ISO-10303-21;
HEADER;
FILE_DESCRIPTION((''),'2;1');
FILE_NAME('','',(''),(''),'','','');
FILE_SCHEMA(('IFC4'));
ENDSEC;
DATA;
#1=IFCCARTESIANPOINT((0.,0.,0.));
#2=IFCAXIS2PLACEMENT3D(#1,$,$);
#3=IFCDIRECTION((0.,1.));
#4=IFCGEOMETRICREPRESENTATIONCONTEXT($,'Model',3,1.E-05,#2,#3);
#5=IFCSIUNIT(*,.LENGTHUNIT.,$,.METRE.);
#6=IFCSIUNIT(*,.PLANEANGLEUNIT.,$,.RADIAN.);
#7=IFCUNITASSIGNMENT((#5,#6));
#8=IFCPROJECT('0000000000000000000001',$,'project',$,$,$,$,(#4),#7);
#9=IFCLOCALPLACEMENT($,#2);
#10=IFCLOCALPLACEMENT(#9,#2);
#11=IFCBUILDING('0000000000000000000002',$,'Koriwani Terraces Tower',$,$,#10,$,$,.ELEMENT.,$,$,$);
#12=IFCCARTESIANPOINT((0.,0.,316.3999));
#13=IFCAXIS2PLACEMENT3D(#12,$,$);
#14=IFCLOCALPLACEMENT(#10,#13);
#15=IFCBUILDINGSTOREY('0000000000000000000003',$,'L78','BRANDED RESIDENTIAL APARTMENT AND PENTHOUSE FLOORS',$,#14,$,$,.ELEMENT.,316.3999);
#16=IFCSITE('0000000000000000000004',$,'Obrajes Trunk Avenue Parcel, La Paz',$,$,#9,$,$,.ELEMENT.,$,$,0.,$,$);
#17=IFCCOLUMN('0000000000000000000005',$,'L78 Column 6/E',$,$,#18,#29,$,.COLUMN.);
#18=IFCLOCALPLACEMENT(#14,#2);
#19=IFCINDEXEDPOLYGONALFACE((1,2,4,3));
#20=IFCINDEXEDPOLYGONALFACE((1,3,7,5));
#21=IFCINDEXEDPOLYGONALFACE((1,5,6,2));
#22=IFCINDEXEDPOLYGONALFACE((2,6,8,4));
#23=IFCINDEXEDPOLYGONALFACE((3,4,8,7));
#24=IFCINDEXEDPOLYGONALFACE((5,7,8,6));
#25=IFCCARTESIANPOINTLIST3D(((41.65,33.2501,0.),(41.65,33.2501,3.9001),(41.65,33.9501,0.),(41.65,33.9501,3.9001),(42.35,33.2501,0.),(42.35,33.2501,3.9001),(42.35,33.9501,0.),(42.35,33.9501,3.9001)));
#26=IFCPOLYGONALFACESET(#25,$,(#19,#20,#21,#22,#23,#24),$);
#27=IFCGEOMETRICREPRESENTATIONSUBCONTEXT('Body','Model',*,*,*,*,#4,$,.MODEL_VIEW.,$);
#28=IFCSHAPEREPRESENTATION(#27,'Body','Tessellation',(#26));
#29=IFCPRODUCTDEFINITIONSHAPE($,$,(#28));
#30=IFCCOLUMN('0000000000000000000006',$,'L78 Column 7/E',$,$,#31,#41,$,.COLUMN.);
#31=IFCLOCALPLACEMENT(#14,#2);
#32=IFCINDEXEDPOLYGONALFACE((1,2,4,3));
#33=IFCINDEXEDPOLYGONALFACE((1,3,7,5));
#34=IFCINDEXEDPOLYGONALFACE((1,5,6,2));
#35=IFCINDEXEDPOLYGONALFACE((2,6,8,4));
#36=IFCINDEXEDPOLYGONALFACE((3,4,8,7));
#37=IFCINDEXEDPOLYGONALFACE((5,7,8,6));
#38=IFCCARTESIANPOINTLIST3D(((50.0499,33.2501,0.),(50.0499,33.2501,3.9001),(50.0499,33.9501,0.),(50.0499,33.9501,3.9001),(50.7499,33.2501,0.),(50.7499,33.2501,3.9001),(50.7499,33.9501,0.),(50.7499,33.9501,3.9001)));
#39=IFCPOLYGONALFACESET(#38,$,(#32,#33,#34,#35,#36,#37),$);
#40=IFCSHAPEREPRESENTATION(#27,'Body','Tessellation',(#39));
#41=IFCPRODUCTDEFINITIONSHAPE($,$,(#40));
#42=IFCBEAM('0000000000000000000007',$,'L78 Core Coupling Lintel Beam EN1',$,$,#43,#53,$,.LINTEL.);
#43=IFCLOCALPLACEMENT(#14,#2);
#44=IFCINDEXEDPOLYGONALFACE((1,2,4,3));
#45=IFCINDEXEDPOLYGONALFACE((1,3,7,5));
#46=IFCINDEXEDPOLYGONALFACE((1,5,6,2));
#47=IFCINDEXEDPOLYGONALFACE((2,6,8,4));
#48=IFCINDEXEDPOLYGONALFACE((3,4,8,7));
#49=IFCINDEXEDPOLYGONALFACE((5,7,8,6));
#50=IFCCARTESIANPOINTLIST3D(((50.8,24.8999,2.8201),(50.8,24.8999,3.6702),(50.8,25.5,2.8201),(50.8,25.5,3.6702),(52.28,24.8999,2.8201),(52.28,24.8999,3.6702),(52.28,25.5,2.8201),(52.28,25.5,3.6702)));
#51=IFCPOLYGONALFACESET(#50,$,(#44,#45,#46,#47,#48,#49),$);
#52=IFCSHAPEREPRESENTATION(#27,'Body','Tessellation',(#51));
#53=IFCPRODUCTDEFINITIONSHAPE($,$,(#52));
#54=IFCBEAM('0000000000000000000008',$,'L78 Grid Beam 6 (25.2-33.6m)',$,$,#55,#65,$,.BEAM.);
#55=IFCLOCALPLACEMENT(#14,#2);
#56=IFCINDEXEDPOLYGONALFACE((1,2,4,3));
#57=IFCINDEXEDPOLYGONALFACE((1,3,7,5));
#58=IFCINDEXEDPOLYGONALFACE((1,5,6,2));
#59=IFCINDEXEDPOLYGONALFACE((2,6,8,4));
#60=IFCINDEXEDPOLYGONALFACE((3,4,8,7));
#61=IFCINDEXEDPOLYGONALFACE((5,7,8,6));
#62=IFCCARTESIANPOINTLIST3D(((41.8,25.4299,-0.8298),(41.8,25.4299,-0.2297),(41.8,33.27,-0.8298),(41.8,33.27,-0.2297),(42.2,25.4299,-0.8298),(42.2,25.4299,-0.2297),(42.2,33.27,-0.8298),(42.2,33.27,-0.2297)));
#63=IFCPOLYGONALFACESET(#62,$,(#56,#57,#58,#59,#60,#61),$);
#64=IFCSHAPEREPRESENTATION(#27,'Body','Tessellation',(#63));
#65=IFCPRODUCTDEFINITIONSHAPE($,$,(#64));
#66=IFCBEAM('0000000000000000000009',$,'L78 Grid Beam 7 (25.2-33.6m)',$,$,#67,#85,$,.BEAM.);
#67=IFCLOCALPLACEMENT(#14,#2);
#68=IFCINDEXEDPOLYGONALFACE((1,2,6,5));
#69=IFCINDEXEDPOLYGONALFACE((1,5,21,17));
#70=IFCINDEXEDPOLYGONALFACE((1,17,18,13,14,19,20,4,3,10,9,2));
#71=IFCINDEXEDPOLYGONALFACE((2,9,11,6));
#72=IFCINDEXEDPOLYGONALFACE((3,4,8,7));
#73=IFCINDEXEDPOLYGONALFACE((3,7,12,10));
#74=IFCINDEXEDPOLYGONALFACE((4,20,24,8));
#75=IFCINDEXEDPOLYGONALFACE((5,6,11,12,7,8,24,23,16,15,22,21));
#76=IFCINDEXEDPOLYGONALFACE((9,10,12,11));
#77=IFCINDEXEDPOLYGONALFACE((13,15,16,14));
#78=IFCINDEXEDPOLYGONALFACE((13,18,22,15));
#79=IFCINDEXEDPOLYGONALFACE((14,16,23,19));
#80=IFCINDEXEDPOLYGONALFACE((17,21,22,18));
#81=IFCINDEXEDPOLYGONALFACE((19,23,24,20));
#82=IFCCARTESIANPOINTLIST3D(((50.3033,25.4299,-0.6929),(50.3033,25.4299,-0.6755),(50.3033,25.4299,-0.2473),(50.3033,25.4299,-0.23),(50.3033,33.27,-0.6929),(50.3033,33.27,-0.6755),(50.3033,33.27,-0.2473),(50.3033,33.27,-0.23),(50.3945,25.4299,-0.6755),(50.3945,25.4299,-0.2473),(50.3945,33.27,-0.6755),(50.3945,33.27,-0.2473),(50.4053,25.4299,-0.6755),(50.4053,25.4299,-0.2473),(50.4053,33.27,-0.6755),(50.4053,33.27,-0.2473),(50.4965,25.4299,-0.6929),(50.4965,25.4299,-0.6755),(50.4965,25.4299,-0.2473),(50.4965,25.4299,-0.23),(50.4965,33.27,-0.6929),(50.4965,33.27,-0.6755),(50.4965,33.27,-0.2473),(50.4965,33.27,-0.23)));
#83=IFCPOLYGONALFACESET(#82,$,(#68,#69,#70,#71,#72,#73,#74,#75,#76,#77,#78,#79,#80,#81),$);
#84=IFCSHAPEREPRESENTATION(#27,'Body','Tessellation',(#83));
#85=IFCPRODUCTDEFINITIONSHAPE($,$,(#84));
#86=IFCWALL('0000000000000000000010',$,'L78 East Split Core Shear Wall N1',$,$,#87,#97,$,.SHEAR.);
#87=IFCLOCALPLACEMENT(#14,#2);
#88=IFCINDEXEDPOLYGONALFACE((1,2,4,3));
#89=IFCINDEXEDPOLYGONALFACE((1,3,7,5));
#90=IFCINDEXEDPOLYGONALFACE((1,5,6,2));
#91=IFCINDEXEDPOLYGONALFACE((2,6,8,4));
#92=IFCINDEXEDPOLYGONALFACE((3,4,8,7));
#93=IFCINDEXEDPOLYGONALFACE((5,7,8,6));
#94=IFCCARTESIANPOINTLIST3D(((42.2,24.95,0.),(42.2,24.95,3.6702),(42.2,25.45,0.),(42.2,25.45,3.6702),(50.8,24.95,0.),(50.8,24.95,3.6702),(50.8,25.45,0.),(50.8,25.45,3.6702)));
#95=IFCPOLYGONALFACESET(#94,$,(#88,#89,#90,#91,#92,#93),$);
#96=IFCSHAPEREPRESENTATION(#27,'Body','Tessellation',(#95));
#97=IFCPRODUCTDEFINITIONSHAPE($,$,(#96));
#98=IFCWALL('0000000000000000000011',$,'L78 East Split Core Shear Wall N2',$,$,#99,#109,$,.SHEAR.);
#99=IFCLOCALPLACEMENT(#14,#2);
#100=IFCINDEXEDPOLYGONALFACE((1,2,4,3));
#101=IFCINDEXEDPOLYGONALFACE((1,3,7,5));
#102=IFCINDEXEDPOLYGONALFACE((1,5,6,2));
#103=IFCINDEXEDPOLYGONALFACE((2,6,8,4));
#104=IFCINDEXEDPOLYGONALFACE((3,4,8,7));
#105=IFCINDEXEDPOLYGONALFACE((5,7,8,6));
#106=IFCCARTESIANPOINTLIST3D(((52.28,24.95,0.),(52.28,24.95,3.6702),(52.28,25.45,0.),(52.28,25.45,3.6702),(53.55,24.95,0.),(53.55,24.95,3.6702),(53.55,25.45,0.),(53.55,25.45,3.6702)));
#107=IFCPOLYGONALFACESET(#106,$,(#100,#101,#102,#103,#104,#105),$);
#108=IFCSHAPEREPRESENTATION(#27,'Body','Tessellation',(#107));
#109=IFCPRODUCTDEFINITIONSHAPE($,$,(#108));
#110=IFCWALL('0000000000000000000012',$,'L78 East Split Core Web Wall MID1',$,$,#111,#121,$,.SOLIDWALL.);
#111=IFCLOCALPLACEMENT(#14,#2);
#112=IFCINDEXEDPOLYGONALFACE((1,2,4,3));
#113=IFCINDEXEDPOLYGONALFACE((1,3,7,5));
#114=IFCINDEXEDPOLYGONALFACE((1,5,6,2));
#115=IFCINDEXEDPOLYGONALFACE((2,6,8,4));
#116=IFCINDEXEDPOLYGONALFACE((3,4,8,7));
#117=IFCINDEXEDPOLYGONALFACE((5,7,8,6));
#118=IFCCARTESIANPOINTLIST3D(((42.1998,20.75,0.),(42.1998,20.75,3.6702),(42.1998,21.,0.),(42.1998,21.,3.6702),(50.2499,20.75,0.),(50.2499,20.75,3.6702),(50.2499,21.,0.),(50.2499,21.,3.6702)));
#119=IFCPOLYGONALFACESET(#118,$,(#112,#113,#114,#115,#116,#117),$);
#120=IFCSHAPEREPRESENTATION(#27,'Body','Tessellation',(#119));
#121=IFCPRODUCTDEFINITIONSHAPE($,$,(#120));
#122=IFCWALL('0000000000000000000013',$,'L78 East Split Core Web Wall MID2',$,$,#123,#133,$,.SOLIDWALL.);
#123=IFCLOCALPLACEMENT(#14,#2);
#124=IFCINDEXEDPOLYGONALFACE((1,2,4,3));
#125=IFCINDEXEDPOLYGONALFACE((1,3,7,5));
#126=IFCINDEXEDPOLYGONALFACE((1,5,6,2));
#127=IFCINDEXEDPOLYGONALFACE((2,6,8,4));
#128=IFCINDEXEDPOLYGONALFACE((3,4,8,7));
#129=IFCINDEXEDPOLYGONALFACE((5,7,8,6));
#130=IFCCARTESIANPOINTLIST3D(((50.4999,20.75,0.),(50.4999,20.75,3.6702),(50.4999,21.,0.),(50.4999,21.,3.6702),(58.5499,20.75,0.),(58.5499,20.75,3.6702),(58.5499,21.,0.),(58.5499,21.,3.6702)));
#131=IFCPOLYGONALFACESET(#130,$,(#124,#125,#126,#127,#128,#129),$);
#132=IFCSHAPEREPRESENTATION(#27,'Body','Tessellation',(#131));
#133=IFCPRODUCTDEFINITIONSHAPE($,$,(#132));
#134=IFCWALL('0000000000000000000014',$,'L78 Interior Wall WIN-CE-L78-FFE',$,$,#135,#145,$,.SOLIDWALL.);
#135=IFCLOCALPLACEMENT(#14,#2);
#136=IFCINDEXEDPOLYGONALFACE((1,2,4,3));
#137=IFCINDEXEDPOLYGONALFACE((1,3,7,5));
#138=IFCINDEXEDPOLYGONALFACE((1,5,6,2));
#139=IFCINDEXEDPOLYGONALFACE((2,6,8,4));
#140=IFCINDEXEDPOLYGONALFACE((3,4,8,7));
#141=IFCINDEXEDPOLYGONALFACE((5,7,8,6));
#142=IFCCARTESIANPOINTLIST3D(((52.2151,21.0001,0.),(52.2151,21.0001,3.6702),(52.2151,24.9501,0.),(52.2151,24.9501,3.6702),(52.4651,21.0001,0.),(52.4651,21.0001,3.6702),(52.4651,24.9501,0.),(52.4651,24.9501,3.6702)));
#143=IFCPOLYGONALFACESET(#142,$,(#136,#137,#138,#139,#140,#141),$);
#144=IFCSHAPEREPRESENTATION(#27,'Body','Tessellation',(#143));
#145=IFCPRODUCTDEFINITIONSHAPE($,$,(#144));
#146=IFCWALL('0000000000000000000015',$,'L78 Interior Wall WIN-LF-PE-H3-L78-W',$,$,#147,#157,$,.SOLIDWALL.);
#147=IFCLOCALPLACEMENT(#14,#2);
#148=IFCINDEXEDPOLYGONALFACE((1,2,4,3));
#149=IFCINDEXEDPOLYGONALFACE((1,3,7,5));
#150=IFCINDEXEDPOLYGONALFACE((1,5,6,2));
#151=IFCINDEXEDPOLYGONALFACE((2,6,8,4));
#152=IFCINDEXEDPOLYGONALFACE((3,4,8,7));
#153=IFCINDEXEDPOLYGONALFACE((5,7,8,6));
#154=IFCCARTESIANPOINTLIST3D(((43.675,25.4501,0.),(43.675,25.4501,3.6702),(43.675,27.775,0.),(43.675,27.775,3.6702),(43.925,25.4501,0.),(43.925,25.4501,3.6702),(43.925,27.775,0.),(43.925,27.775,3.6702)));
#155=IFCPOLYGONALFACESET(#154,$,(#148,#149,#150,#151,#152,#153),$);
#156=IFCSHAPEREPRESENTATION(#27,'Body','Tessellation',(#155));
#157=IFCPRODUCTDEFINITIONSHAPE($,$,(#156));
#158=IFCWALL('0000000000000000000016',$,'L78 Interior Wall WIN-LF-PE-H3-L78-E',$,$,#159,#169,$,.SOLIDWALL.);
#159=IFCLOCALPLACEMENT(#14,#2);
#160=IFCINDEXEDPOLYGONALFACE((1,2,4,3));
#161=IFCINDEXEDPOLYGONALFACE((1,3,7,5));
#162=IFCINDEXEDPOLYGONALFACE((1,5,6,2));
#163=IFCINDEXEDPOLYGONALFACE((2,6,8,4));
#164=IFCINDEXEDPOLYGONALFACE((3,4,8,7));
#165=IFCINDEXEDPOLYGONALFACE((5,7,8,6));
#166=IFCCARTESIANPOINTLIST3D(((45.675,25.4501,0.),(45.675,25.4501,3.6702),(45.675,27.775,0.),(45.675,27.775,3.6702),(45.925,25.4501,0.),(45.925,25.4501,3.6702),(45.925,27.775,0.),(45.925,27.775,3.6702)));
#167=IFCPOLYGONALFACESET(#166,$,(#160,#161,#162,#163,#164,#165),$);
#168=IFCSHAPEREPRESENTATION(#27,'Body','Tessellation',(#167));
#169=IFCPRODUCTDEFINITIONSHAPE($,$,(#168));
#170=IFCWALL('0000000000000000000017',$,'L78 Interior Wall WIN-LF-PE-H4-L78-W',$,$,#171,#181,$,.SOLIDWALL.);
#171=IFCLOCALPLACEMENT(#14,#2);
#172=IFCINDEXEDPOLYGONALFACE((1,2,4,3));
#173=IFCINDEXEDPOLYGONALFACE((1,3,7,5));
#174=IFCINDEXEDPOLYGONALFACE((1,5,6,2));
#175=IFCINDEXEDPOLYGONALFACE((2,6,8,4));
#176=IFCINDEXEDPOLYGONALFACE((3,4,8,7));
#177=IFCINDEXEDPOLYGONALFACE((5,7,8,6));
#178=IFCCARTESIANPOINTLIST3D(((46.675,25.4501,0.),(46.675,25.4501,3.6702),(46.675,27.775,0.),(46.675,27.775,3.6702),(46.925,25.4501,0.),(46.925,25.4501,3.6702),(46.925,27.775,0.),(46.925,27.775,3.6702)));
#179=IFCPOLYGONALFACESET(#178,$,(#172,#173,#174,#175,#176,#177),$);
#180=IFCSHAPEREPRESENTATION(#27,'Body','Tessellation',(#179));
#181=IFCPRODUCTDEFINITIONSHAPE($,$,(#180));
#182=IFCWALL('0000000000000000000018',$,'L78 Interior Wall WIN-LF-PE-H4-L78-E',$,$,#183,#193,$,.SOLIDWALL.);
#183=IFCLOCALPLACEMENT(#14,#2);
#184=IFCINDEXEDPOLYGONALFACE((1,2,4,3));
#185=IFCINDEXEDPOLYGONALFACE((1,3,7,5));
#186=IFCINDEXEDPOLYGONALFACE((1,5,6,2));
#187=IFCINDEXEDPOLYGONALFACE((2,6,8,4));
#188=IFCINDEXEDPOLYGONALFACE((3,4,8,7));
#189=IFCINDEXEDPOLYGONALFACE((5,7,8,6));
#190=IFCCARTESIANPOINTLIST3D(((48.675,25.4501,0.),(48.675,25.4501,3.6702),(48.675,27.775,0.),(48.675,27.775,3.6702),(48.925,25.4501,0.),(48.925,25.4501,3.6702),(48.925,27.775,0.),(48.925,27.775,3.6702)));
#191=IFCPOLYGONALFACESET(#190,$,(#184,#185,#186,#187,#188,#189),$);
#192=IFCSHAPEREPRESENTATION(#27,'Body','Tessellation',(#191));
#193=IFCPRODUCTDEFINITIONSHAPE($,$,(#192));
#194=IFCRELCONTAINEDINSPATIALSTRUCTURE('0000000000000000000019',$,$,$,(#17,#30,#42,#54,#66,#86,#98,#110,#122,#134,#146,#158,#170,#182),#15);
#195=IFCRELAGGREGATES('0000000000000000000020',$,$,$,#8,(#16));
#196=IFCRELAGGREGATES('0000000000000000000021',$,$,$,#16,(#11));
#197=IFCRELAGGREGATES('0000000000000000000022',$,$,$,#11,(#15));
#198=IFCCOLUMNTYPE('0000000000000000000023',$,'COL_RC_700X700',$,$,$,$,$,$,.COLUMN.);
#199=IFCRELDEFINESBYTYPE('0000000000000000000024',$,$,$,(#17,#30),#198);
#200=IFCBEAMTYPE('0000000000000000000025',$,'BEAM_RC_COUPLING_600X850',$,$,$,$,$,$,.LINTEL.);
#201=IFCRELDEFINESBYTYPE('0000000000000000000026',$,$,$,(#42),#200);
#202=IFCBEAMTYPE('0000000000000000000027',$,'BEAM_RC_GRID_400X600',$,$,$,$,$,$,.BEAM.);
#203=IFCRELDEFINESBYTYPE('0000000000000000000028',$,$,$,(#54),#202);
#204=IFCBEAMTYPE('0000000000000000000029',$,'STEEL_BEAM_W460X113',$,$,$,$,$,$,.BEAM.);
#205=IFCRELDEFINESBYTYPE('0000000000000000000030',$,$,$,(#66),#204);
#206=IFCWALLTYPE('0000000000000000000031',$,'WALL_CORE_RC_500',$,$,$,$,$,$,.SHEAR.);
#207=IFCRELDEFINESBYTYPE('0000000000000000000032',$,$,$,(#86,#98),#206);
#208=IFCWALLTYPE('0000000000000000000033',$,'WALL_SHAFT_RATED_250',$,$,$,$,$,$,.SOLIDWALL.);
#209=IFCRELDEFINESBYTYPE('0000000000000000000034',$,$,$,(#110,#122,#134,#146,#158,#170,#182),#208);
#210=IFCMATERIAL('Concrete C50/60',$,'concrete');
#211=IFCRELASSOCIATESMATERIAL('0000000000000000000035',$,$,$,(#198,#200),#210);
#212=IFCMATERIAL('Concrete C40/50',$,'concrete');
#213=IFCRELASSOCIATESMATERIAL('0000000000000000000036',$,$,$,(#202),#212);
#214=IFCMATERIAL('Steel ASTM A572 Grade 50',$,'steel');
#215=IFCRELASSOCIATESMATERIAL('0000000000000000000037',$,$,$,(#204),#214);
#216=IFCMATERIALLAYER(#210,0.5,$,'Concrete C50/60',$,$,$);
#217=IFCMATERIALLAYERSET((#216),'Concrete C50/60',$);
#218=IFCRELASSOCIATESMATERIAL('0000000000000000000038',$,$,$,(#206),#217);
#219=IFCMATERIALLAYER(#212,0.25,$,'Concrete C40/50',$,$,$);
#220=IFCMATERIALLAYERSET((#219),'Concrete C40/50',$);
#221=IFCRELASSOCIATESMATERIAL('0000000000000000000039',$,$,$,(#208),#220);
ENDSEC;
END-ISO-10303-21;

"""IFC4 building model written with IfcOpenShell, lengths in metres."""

from ifc_helpers import new_model, si_unit, direction, frame, frame_2d, origin, origin_2d, place, context, subcontext, project, spatial, rectangle, i_section, extrude, material, layer, layer_set, material_profile, profile_set, type_object, element, save


model = new_model("IFC4")

# Units and contexts
model_context = context("Model", 3, precision=1e-05, world=origin(), true_north=direction((0.0, 1.0)))
body_context = subcontext(model_context, "Body", "Model", "MODEL_VIEW")
ifc_project = project(units=[si_unit("LENGTHUNIT", "METRE"), si_unit("PLANEANGLEUNIT", "RADIAN")], contexts=[model_context])

# Site, building, storey
site_placement = place(None, origin())
site = spatial("IfcSite", under=ifc_project, at=site_placement, Name="Obrajes Trunk Avenue Parcel, La Paz", CompositionType="ELEMENT", RefElevation=0.0)
building_placement = place(site_placement, origin())
building = spatial("IfcBuilding", under=site, at=building_placement, Name="Koriwani Terraces Tower", CompositionType="ELEMENT")
storey_placement = place(building_placement, frame((0.0, 0.0, 316.3999)))
storey = spatial("IfcBuildingStorey", under=building, at=storey_placement, Name="L78", Description="BRANDED RESIDENTIAL APARTMENT AND PENTHOUSE FLOORS", CompositionType="ELEMENT", Elevation=316.3999)

# Columns
ifc_material_1 = material(Name="Concrete C50/60", Category="concrete")
ifc_material_profile_1 = material_profile(ifc_material_1, rectangle(XDim=0.7, YDim=0.7, at=origin_2d()), Name="Concrete C50/60", Category="LoadBearing")
ifc_profile_set_1 = profile_set([ifc_material_profile_1], Name="Concrete C50/60")
column_type = type_object("IfcColumnType", Name="COL_RC_700X700", PredefinedType="COLUMN", material=ifc_profile_set_1)
for number, where, z_axis, x_axis, name in (
    (1, (42.0, 33.6001, 0.0), (0.0, 0.0, 1.0), (1.0, 0.0, 0.0), "L78 Column 6/E"),
    (2, (50.3999, 33.6001, 0.0), (0.0, 0.0, 1.0), (1.0, 0.0, 0.0), "L78 Column 7/E"),
):
    element("IfcColumn", number, at=place(storey_placement, frame(where, z_axis=z_axis, x_axis=x_axis)), inside=storey, type_object=column_type, Name=name, PredefinedType="COLUMN", context=body_context, shape_type="SweptSolid", body=[
        extrude(rectangle(XDim=0.7, YDim=0.7, at=origin_2d()), origin(), (0.0, 0.0, 1.0), 3.9001),
    ])

# Beams
ifc_material_profile_2 = material_profile(ifc_material_1, rectangle(XDim=0.6001, YDim=0.8501, at=origin_2d()), Name="Concrete C50/60", Category="LoadBearing")
ifc_profile_set_2 = profile_set([ifc_material_profile_2], Name="Concrete C50/60")
beam_type_1 = type_object("IfcBeamType", Name="BEAM_RC_COUPLING_600X850", PredefinedType="LINTEL", material=ifc_profile_set_2)
beam_1_placement = place(storey_placement, frame((50.8, 25.2, 3.2451), z_axis=(1.0, 0.0, 0.0), x_axis=(0.0, 1.0, 0.0)))
element("IfcBeam", 3, at=beam_1_placement, inside=storey, type_object=beam_type_1, Name="L78 Core Coupling Lintel Beam EN1", PredefinedType="LINTEL", context=body_context, shape_type="SweptSolid", body=[
    extrude(rectangle(XDim=0.6001, YDim=0.8501, at=origin_2d()), origin(), (0.0, 0.0, 1.0), 1.48),
])
ifc_material_2 = material(Name="Concrete C40/50", Category="concrete")
ifc_material_profile_3 = material_profile(ifc_material_2, rectangle(XDim=0.3999, YDim=0.6001, at=origin_2d()), Name="Concrete C40/50", Category="LoadBearing")
ifc_profile_set_3 = profile_set([ifc_material_profile_3], Name="Concrete C40/50")
beam_type_2 = type_object("IfcBeamType", Name="BEAM_RC_GRID_400X600", PredefinedType="BEAM", material=ifc_profile_set_3)
beam_2_placement = place(storey_placement, frame((42.0, 25.4299, -0.5298), z_axis=(0.0, 1.0, 0.0), x_axis=(-1.0, 0.0, 0.0)))
element("IfcBeam", 4, at=beam_2_placement, inside=storey, type_object=beam_type_2, Name="L78 Grid Beam 6 (25.2-33.6m)", PredefinedType="BEAM", context=body_context, shape_type="SweptSolid", body=[
    extrude(rectangle(XDim=0.3999, YDim=0.6001, at=origin_2d()), origin(), (0.0, 0.0, 1.0), 7.8401),
])
ifc_material_3 = material(Name="Steel ASTM A572 Grade 50", Category="steel")
ifc_material_profile_4 = material_profile(ifc_material_3, i_section(OverallWidth=0.1931, OverallDepth=0.4629, WebThickness=0.0107, FlangeThickness=0.0173, at=origin_2d()), Name="Steel ASTM A572 Grade 50", Category="LoadBearing")
ifc_profile_set_4 = profile_set([ifc_material_profile_4], Name="Steel ASTM A572 Grade 50")
beam_type_3 = type_object("IfcBeamType", Name="STEEL_BEAM_W460X113", PredefinedType="BEAM", material=ifc_profile_set_4)
beam_3_placement = place(storey_placement, frame((50.3999, 25.4299, -0.4614), z_axis=(0.0, 1.0, 0.0), x_axis=(-1.0, 0.0, 0.0)))
element("IfcBeam", 5, at=beam_3_placement, inside=storey, type_object=beam_type_3, Name="L78 Grid Beam 7 (25.2-33.6m)", PredefinedType="BEAM", context=body_context, shape_type="SweptSolid", body=[
    extrude(i_section(OverallWidth=0.1931, OverallDepth=0.4629, WebThickness=0.0107, FlangeThickness=0.0173, at=origin_2d()), origin(), (0.0, 0.0, 1.0), 7.8401),
])

# Walls
ifc_layer_1 = layer(ifc_material_1, 0.5, Name="Concrete C50/60")
ifc_layer_set_1 = layer_set([ifc_layer_1], Name="Concrete C50/60")
wall_type_1 = type_object("IfcWallType", Name="WALL_CORE_RC_500", PredefinedType="SHEAR", material=ifc_layer_set_1)
wall_1_placement = place(storey_placement, frame((42.2, 25.2, 0.0), z_axis=(0.0, 0.0, 1.0), x_axis=(1.0, 0.0, 0.0)))
element("IfcWall", 6, at=wall_1_placement, inside=storey, type_object=wall_type_1, Name="L78 East Split Core Shear Wall N1", PredefinedType="SHEAR", context=body_context, shape_type="SweptSolid", body=[
    extrude(rectangle(XDim=8.6001, YDim=0.5, at=frame_2d((4.3, 0.0))), origin(), (0.0, 0.0, 1.0), 3.6702),
])
wall_2_placement = place(storey_placement, frame((52.28, 25.2, 0.0), z_axis=(0.0, 0.0, 1.0), x_axis=(1.0, 0.0, 0.0)))
element("IfcWall", 7, at=wall_2_placement, inside=storey, type_object=wall_type_1, Name="L78 East Split Core Shear Wall N2", PredefinedType="SHEAR", context=body_context, shape_type="SweptSolid", body=[
    extrude(rectangle(XDim=1.27, YDim=0.5, at=frame_2d((0.635, 0.0))), origin(), (0.0, 0.0, 1.0), 3.6702),
])
ifc_layer_2 = layer(ifc_material_2, 0.25, Name="Concrete C40/50")
ifc_layer_set_2 = layer_set([ifc_layer_2], Name="Concrete C40/50")
wall_type_2 = type_object("IfcWallType", Name="WALL_SHAFT_RATED_250", PredefinedType="SOLIDWALL", material=ifc_layer_set_2)
for number, where, z_axis, x_axis, name in (
    (8, (42.2, 20.875, 0.0), (0.0, 0.0, 1.0), (1.0, 0.0, 0.0), "L78 East Split Core Web Wall MID1"),
    (9, (50.5, 20.875, 0.0), (0.0, 0.0, 1.0), (1.0, 0.0, 0.0), "L78 East Split Core Web Wall MID2"),
):
    element("IfcWall", number, at=place(storey_placement, frame(where, z_axis=z_axis, x_axis=x_axis)), inside=storey, type_object=wall_type_2, Name=name, PredefinedType="SOLIDWALL", context=body_context, shape_type="SweptSolid", body=[
        extrude(rectangle(XDim=8.05, YDim=0.25, at=frame_2d((4.0249, 0.0))), origin(), (0.0, 0.0, 1.0), 3.6702),
    ])

# Wall
wall_3_placement = place(storey_placement, frame((52.3401, 21.0, 0.0), z_axis=(0.0, 0.0, 1.0), x_axis=(0.0, 1.0, 0.0)))
element("IfcWall", 10, at=wall_3_placement, inside=storey, type_object=wall_type_2, Name="L78 Interior Wall WIN-CE-L78-FFE", PredefinedType="SOLIDWALL", context=body_context, shape_type="SweptSolid", body=[
    extrude(rectangle(XDim=3.95, YDim=0.25, at=frame_2d((1.9751, 0.0))), origin(), (0.0, 0.0, 1.0), 3.6702),
])

# Walls
for number, where, z_axis, x_axis, name in (
    (11, (43.8, 25.45, 0.0), (0.0, 0.0, 1.0), (0.0, 1.0, 0.0), "L78 Interior Wall WIN-LF-PE-H3-L78-W"),
    (12, (45.8, 25.45, 0.0), (0.0, 0.0, 1.0), (0.0, 1.0, 0.0), "L78 Interior Wall WIN-LF-PE-H3-L78-E"),
):
    element("IfcWall", number, at=place(storey_placement, frame(where, z_axis=z_axis, x_axis=x_axis)), inside=storey, type_object=wall_type_2, Name=name, PredefinedType="SOLIDWALL", context=body_context, shape_type="SweptSolid", body=[
        extrude(rectangle(XDim=2.325, YDim=0.25, at=frame_2d((1.1626, 0.0))), origin(), (0.0, 0.0, 1.0), 3.6702),
    ])

# Walls
for number, where, z_axis, x_axis, name in (
    (13, (46.8, 25.45, 0.0), (0.0, 0.0, 1.0), (0.0, 1.0, 0.0), "L78 Interior Wall WIN-LF-PE-H4-L78-W"),
    (14, (48.8, 25.45, 0.0), (0.0, 0.0, 1.0), (0.0, 1.0, 0.0), "L78 Interior Wall WIN-LF-PE-H4-L78-E"),
):
    element("IfcWall", number, at=place(storey_placement, frame(where, z_axis=z_axis, x_axis=x_axis)), inside=storey, type_object=wall_type_2, Name=name, PredefinedType="SOLIDWALL", context=body_context, shape_type="SweptSolid", body=[
        extrude(rectangle(XDim=2.325, YDim=0.25, at=frame_2d((1.1626, 0.0))), origin(), (0.0, 0.0, 1.0), 3.6702),
    ])

save(model, "model.ifc")
